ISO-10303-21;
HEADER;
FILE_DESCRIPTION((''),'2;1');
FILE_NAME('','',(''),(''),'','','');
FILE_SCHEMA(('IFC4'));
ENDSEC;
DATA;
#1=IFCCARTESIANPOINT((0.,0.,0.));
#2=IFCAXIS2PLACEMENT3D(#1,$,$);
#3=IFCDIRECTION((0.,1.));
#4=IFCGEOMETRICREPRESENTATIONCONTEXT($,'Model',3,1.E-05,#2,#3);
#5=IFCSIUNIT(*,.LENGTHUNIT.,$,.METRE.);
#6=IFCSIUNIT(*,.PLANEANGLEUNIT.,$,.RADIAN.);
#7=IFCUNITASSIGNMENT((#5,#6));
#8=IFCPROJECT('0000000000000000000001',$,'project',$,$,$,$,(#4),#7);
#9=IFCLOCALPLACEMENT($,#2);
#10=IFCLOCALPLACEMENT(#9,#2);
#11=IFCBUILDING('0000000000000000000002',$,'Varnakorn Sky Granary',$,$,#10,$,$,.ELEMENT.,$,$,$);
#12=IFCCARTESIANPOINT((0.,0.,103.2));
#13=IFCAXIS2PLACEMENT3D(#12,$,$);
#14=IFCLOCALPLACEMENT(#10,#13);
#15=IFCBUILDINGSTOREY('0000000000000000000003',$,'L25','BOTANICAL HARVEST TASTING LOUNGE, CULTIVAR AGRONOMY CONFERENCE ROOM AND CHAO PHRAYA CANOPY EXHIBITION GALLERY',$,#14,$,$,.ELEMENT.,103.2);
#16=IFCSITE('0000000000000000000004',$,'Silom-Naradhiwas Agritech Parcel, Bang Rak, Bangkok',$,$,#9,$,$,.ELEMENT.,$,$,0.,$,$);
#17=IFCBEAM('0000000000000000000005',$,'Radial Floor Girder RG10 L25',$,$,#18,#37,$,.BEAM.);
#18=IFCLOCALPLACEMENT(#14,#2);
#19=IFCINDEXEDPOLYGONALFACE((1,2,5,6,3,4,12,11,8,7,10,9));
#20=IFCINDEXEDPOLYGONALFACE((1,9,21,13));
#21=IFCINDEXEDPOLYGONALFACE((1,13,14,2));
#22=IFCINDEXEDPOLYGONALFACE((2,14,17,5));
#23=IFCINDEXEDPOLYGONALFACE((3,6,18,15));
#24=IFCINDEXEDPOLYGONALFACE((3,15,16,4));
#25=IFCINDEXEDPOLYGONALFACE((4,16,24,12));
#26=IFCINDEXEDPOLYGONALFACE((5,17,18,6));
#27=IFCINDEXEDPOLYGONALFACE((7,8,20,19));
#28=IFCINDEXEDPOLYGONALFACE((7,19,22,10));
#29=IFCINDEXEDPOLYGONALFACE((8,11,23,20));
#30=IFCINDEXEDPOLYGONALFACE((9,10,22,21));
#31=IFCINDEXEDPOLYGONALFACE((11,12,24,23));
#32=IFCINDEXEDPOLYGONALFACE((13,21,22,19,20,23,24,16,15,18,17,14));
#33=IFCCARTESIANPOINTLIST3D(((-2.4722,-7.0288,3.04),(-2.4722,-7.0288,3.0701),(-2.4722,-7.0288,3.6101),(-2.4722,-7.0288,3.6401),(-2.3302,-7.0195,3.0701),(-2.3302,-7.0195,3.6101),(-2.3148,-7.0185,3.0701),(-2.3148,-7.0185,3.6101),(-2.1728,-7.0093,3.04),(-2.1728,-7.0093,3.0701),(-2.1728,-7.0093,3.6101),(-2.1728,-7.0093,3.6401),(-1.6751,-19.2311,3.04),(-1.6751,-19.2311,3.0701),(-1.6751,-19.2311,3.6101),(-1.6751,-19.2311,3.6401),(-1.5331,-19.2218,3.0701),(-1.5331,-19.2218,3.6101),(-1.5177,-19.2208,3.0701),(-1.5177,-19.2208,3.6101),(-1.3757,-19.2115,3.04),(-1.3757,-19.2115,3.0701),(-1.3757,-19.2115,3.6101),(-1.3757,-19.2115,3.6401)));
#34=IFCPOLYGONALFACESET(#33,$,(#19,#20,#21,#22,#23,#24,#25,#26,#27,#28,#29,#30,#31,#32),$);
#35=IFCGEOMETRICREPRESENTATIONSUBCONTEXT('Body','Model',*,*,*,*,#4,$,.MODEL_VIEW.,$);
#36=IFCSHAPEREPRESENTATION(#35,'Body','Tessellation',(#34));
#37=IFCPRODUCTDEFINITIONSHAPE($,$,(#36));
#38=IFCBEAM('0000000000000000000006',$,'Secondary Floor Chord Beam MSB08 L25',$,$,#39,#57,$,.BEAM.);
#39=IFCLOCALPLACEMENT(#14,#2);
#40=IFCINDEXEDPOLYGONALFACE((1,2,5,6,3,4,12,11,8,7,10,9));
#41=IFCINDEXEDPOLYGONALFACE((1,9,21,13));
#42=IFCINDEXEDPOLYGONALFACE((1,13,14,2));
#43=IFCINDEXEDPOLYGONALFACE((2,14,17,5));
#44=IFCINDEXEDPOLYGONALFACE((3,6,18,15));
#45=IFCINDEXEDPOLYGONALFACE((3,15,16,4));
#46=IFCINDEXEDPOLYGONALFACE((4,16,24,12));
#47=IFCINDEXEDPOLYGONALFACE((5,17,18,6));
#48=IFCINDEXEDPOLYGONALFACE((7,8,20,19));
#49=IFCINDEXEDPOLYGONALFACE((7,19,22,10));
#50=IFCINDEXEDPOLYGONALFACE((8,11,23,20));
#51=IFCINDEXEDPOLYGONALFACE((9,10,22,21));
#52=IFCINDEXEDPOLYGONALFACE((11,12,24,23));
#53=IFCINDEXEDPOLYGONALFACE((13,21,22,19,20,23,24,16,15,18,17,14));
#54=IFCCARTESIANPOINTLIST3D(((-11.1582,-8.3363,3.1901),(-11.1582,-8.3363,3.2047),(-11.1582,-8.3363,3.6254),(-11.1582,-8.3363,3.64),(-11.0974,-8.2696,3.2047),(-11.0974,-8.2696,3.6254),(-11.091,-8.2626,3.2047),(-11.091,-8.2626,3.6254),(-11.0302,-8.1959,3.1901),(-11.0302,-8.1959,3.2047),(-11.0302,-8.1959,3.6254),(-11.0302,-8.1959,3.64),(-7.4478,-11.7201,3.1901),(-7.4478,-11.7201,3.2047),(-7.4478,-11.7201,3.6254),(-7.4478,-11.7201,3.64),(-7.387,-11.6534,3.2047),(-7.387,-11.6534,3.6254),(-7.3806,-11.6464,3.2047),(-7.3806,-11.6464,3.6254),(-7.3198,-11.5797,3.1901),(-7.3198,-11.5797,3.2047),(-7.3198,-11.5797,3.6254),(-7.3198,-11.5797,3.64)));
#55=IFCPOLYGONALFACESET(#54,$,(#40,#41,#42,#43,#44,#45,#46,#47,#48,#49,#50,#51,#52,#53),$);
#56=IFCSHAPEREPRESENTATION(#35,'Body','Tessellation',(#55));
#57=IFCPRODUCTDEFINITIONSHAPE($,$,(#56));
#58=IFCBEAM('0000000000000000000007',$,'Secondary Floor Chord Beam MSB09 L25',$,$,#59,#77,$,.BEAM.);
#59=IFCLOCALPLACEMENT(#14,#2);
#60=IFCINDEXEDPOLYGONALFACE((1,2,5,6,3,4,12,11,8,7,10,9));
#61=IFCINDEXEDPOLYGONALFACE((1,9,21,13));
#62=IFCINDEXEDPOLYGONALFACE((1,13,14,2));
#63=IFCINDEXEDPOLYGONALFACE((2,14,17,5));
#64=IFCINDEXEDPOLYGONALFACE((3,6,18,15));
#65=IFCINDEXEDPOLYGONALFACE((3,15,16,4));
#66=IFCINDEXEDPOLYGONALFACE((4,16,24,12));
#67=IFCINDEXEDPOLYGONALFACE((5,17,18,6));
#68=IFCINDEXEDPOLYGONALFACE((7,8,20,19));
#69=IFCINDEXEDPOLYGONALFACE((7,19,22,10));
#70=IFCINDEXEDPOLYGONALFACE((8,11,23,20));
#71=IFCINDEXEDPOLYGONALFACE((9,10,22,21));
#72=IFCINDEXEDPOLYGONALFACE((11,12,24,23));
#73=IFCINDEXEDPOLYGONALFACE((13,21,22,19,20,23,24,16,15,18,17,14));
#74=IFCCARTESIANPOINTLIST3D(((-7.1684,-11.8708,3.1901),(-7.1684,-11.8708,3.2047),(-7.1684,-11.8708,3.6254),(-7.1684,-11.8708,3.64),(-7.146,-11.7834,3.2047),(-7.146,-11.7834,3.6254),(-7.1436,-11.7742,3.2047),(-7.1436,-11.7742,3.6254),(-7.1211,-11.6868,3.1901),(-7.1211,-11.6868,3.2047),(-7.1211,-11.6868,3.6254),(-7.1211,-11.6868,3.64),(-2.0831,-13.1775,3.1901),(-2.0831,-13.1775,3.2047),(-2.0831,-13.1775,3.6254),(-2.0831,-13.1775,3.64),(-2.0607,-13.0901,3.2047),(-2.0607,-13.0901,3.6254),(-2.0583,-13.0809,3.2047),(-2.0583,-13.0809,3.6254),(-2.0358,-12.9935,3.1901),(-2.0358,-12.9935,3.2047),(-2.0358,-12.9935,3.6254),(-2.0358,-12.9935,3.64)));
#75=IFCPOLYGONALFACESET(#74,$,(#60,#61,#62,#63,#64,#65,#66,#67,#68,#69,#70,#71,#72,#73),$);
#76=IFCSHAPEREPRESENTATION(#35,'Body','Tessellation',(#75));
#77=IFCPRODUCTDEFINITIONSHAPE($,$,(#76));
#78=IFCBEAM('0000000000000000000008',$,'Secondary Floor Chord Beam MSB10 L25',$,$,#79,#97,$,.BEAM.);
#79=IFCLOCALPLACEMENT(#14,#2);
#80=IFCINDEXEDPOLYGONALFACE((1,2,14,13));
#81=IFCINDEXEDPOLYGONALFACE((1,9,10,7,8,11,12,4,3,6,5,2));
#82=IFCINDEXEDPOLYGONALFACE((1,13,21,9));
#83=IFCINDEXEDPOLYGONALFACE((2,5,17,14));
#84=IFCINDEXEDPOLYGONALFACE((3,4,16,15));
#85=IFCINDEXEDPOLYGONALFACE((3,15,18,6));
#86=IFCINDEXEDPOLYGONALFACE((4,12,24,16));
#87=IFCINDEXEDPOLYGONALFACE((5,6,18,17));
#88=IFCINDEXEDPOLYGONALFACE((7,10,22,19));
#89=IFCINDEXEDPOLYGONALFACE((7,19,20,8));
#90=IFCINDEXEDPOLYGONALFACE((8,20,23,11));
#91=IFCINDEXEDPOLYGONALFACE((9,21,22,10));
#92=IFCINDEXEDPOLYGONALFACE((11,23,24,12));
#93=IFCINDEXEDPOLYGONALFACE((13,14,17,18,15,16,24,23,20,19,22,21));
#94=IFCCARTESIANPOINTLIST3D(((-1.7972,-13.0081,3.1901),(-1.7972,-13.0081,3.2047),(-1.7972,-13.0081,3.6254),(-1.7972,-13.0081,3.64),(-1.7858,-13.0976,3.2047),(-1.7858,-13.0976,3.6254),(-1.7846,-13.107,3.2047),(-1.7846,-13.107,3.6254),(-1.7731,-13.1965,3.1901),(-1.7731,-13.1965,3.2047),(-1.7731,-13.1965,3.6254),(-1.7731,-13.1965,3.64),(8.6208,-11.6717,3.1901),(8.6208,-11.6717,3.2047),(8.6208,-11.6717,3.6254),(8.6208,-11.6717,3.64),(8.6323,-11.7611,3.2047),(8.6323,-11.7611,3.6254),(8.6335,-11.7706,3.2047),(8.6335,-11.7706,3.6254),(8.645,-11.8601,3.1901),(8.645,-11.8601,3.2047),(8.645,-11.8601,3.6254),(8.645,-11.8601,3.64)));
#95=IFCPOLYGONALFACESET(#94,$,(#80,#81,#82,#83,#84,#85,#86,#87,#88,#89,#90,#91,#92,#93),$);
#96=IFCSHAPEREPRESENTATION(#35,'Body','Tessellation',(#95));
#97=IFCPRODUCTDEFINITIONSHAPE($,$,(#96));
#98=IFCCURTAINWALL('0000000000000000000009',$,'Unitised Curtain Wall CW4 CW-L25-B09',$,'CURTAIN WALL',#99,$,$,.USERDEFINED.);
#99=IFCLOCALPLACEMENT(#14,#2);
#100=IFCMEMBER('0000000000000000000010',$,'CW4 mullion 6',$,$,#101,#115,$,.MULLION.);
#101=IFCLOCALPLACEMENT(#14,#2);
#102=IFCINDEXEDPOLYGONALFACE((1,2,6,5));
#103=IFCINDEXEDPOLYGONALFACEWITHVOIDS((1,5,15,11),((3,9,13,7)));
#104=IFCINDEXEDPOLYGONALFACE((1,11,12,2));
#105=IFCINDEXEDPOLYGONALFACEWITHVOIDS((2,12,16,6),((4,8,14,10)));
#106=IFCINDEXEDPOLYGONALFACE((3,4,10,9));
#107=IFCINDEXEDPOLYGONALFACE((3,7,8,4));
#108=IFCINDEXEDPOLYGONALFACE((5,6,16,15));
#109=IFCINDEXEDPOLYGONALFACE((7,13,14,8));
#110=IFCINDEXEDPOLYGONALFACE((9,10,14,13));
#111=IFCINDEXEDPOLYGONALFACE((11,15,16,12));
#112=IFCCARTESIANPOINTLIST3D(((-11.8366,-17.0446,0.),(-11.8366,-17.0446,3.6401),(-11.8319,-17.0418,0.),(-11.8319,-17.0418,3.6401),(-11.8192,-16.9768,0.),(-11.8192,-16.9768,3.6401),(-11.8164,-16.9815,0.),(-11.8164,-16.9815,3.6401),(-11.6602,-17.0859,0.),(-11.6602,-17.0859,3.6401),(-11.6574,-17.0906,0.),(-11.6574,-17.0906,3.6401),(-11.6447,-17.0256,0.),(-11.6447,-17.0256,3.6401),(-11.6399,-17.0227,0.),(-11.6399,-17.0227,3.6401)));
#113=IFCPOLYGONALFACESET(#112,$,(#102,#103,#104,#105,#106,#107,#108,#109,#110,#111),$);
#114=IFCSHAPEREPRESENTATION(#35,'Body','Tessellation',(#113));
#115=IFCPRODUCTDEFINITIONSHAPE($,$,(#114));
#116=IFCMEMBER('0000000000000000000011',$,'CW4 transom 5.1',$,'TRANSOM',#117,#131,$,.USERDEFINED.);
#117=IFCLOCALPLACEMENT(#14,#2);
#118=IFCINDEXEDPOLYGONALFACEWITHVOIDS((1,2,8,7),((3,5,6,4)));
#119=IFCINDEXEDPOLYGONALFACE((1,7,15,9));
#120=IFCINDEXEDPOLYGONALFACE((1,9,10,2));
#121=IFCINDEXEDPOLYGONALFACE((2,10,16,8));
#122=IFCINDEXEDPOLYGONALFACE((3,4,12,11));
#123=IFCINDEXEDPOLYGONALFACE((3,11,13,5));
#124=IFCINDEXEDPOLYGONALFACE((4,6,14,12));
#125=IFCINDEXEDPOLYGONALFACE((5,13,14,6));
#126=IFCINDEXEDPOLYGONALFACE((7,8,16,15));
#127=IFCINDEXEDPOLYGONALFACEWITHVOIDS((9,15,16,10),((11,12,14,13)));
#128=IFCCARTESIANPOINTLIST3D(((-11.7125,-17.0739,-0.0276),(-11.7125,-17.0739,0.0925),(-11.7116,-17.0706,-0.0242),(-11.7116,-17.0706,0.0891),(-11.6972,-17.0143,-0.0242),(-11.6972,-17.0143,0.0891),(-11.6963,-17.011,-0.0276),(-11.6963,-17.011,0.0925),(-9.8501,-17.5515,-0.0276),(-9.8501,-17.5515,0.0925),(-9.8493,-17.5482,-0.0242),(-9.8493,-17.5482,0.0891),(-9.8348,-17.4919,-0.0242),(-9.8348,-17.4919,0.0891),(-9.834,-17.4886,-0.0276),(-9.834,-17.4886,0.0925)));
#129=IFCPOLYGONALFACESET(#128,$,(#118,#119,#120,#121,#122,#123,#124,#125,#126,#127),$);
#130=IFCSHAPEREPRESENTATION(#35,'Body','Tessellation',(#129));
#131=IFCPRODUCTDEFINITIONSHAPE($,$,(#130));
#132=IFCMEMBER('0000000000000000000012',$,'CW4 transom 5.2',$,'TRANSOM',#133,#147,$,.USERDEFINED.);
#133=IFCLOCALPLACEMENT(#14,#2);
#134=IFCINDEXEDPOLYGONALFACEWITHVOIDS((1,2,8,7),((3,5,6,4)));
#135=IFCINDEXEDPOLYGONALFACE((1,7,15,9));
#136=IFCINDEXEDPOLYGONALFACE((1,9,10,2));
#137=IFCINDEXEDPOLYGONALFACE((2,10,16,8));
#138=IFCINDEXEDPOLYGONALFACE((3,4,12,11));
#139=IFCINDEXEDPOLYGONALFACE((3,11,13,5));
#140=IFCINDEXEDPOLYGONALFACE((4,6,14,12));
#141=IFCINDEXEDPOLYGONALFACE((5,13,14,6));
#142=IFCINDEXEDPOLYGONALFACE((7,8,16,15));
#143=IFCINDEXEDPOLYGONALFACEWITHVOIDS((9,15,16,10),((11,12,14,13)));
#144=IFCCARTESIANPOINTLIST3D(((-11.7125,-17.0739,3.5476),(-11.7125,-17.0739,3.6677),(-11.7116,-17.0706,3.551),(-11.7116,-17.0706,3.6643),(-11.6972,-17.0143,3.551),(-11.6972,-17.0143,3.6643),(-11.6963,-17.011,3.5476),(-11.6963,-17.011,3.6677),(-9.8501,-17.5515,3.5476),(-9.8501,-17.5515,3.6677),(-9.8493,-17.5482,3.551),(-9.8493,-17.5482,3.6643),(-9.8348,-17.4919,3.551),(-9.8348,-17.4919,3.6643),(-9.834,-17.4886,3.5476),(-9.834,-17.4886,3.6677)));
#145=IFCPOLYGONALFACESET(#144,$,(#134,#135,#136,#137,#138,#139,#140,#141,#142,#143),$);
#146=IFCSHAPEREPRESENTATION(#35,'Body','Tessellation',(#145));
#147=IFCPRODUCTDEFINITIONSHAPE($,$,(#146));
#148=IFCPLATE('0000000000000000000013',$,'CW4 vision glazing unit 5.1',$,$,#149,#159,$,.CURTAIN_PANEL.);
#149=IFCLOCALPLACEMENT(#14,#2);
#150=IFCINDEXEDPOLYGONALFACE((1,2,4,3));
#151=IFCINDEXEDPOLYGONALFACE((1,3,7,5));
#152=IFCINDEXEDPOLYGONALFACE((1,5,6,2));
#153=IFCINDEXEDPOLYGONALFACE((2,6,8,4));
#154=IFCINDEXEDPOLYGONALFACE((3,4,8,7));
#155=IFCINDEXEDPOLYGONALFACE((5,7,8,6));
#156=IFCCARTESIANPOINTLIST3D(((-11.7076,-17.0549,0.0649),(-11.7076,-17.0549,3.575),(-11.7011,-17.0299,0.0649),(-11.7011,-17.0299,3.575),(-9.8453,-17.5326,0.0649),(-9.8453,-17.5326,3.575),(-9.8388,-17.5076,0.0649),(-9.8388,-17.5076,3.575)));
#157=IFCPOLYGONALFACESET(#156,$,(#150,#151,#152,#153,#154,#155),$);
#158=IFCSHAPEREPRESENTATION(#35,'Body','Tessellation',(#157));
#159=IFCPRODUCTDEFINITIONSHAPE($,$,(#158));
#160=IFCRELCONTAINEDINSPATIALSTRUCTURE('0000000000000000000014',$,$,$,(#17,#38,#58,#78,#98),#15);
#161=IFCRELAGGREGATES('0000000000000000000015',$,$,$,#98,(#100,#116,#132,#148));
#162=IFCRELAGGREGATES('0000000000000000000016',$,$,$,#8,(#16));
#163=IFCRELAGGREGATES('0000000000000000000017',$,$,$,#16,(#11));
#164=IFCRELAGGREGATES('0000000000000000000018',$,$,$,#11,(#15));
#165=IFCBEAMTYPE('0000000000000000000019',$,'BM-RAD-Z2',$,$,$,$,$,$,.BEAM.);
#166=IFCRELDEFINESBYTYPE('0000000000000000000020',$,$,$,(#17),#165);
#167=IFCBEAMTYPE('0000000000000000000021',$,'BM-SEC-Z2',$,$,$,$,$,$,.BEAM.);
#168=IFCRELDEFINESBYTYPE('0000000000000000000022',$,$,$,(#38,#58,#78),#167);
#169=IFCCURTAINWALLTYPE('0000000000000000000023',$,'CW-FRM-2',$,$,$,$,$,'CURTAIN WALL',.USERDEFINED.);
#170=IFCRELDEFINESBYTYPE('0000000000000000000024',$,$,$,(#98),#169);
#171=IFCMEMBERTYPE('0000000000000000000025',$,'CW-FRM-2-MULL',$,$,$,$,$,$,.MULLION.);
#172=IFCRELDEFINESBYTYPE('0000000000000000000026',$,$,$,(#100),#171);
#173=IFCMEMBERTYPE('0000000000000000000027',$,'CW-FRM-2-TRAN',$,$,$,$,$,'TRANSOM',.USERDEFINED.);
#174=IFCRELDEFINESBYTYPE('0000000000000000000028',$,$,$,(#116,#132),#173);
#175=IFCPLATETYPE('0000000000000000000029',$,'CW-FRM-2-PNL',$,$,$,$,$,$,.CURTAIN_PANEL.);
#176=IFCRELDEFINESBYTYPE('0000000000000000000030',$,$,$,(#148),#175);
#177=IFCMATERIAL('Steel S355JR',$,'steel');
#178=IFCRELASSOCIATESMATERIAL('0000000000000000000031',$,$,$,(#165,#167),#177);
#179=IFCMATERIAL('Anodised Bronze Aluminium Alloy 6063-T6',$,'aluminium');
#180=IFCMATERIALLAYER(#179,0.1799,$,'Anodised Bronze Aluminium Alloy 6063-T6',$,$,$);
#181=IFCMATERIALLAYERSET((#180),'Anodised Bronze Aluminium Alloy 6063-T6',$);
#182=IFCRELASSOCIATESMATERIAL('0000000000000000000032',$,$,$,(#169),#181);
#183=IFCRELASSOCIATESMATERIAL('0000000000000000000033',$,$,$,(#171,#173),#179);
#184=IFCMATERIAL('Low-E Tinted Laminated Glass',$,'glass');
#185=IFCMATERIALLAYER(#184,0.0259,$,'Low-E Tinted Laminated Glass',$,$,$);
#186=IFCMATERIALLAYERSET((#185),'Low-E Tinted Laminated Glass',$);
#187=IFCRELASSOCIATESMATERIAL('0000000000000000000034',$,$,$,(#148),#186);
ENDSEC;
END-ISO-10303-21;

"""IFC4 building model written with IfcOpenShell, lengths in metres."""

from ifc_helpers import new_model, si_unit, direction, frame, origin, origin_2d, place, context, subcontext, project, spatial, rectangle, hollow_rectangle, i_section, extrude, source, transform, mapped, material, layer, layer_set, material_profile, profile_set, type_object, type_shapes, element, aggregate, save


model = new_model("IFC4")

# Units and contexts
model_context = context("Model", 3, precision=1e-05, world=origin(), true_north=direction((0.0, 1.0)))
body_context = subcontext(model_context, "Body", "Model", "MODEL_VIEW")
ifc_project = project(units=[si_unit("LENGTHUNIT", "METRE"), si_unit("PLANEANGLEUNIT", "RADIAN")], contexts=[model_context])

# Site, building, storey
site_placement = place(None, origin())
site = spatial("IfcSite", under=ifc_project, at=site_placement, Name="Silom-Naradhiwas Agritech Parcel, Bang Rak, Bangkok", CompositionType="ELEMENT", RefElevation=0.0)
building_placement = place(site_placement, origin())
building = spatial("IfcBuilding", under=site, at=building_placement, Name="Varnakorn Sky Granary", CompositionType="ELEMENT")
storey_placement = place(building_placement, frame((0.0, 0.0, 103.2)))
storey = spatial("IfcBuildingStorey", under=building, at=storey_placement, Name="L25", Description="BOTANICAL HARVEST TASTING LOUNGE, CULTIVAR AGRONOMY CONFERENCE ROOM AND CHAO PHRAYA CANOPY EXHIBITION GALLERY", CompositionType="ELEMENT", Elevation=103.2)

# Beams
ifc_material_1 = material(Name="Steel S355JR", Category="steel")
ifc_material_profile_1 = material_profile(ifc_material_1, i_section(OverallWidth=0.3, OverallDepth=0.6001, WebThickness=0.0154, FlangeThickness=0.03, at=origin_2d()), Name="HE 600 B")
ifc_profile_set_1 = profile_set([ifc_material_profile_1], Name="Steel S355JR")
beam_type_1 = type_object("IfcBeamType", Name="BM-RAD-Z2", PredefinedType="BEAM", material=ifc_profile_set_1)
beam_1_placement = place(storey_placement, frame((-2.3225, -7.019, 3.3401), z_axis=(0.065187, -0.997873, 0.0), x_axis=(0.997873, 0.065187, 0.0)))
element("IfcBeam", 1, at=beam_1_placement, inside=storey, type_object=beam_type_1, Name="Radial Floor Girder RG10 L25", PredefinedType="BEAM", context=body_context, shape_type="SweptSolid", body=[
    extrude(i_section(OverallWidth=0.3, OverallDepth=0.6001, WebThickness=0.0154, FlangeThickness=0.03, at=origin_2d()), origin(), (0.0, 0.0, 1.0), 12.2283),
])
ifc_material_profile_2 = material_profile(ifc_material_1, i_section(OverallWidth=0.1899, OverallDepth=0.45, WebThickness=0.0095, FlangeThickness=0.0146, at=origin_2d()), Name="IPE 450")
ifc_profile_set_2 = profile_set([ifc_material_profile_2], Name="Steel S355JR")
beam_type_2 = type_object("IfcBeamType", Name="BM-SEC-Z2", PredefinedType="BEAM", material=ifc_profile_set_2)
beam_2_placement = place(storey_placement, frame((-11.0942, -8.2661, 3.415), z_axis=(0.738883, -0.673833, 0.0), x_axis=(0.673833, 0.738883, 0.0)))
element("IfcBeam", 2, at=beam_2_placement, inside=storey, type_object=beam_type_2, Name="Secondary Floor Chord Beam MSB08 L25", PredefinedType="BEAM", context=body_context, shape_type="SweptSolid", body=[
    extrude(i_section(OverallWidth=0.1899, OverallDepth=0.45, WebThickness=0.0095, FlangeThickness=0.0146, at=origin_2d()), origin(), (0.0, 0.0, 1.0), 5.0217),
])
beam_3_placement = place(storey_placement, frame((-7.1448, -11.7788, 3.415), z_axis=(0.968538, -0.248865, 0.0), x_axis=(0.248865, 0.968538, 0.0)))
element("IfcBeam", 3, at=beam_3_placement, inside=storey, type_object=beam_type_2, Name="Secondary Floor Chord Beam MSB09 L25", PredefinedType="BEAM", context=body_context, shape_type="SweptSolid", body=[
    extrude(i_section(OverallWidth=0.1899, OverallDepth=0.45, WebThickness=0.0095, FlangeThickness=0.0146, at=origin_2d()), origin(), (0.0, 0.0, 1.0), 5.2505),
])
beam_4_placement = place(storey_placement, frame((-1.7852, -13.1023, 3.415), z_axis=(0.991872, 0.127238, 0.0), x_axis=(-0.127238, 0.991872, 0.0)))
element("IfcBeam", 4, at=beam_4_placement, inside=storey, type_object=beam_type_2, Name="Secondary Floor Chord Beam MSB10 L25", PredefinedType="BEAM", context=body_context, shape_type="SweptSolid", body=[
    extrude(i_section(OverallWidth=0.1899, OverallDepth=0.45, WebThickness=0.0095, FlangeThickness=0.0146, at=origin_2d()), origin(), (0.0, 0.0, 1.0), 10.5034),
])

# Curtain wall, members, plate
ifc_material_2 = material(Name="Anodised Bronze Aluminium Alloy 6063-T6", Category="aluminium")
ifc_layer_1 = layer(ifc_material_2, 0.1799, Name="Anodised Bronze Aluminium Alloy 6063-T6")
ifc_layer_set_1 = layer_set([ifc_layer_1], Name="Anodised Bronze Aluminium Alloy 6063-T6")
curtain_wall_type = type_object("IfcCurtainWallType", Name="CW-FRM-2", ElementType="CURTAIN WALL", PredefinedType="USERDEFINED", material=ifc_layer_set_1)
curtain_wall_placement = place(storey_placement, origin())
curtain_wall = element("IfcCurtainWall", 5, at=curtain_wall_placement, inside=storey, type_object=curtain_wall_type, Name="Unitised Curtain Wall CW4 CW-L25-B09", ObjectType="CURTAIN WALL", PredefinedType="USERDEFINED")
ifc_material_profile_3 = material_profile(ifc_material_2, hollow_rectangle(XDim=0.0701, YDim=0.1851, WallThickness=0.0039, at=origin_2d()), Name="ALU MULL 70x185")
ifc_profile_set_3 = profile_set([ifc_material_profile_3], Name="Anodised Bronze Aluminium Alloy 6063-T6")
member_type_1 = type_object("IfcMemberType", Name="CW-FRM-2-MULL", PredefinedType="MULLION", material=ifc_profile_set_3)
member_1_placement = place(storey_placement, frame((-11.7383, -17.0337, 0.0), z_axis=(0.0, 0.0, 1.0), x_axis=(-0.248477, -0.968638, 0.0)))
member_1 = element("IfcMember", 6, at=member_1_placement, type_object=member_type_1, Name="CW4 mullion 6", PredefinedType="MULLION", context=body_context, shape_type="SweptSolid", body=[
    extrude(hollow_rectangle(XDim=0.0701, YDim=0.1851, WallThickness=0.0039, at=origin_2d()), origin(), (0.0, 0.0, 1.0), 3.6401),
])
ifc_material_profile_4 = material_profile(ifc_material_2, hollow_rectangle(XDim=0.0649, YDim=0.1201, WallThickness=0.0034, at=origin_2d()), Name="ALU TRAN 65x120")
ifc_profile_set_4 = profile_set([ifc_material_profile_4], Name="Anodised Bronze Aluminium Alloy 6063-T6")
member_type_2 = type_object("IfcMemberType", Name="CW-FRM-2-TRAN", ElementType="TRANSOM", PredefinedType="USERDEFINED", material=ifc_profile_set_4)
member_2_placement = place(storey_placement, frame((-9.842, -17.52, 0.0325), z_axis=(-0.968661, 0.248388, 0.0), x_axis=(-0.248388, -0.968661, 0.0)))
member_2 = element("IfcMember", 7, at=member_2_placement, type_object=member_type_2, Name="CW4 transom 5.1", ObjectType="TRANSOM", PredefinedType="USERDEFINED", context=body_context, shape_type="SweptSolid", body=[
    extrude(hollow_rectangle(XDim=0.0649, YDim=0.1201, WallThickness=0.0034, at=origin_2d()), origin(), (0.0, 0.0, 1.0), 1.9226),
])
member_3_placement = place(storey_placement, frame((-9.842, -17.52, 3.6077), z_axis=(-0.968661, 0.248388, 0.0), x_axis=(-0.248388, -0.968661, 0.0)))
member_3 = element("IfcMember", 8, at=member_3_placement, type_object=member_type_2, Name="CW4 transom 5.2", ObjectType="TRANSOM", PredefinedType="USERDEFINED", context=body_context, shape_type="SweptSolid", body=[
    extrude(hollow_rectangle(XDim=0.0649, YDim=0.1201, WallThickness=0.0034, at=origin_2d()), origin(), (0.0, 0.0, 1.0), 1.9226),
])
ifc_material_3 = material(Name="Low-E Tinted Laminated Glass", Category="glass")
ifc_layer_2 = layer(ifc_material_3, 0.0259, Name="Low-E Tinted Laminated Glass")
ifc_layer_set_2 = layer_set([ifc_layer_2], Name="Low-E Tinted Laminated Glass")
plate_type = type_object("IfcPlateType", Name="CW-FRM-2-PNL", PredefinedType="CURTAIN_PANEL")
shared_shape = source(origin(), body_context, "Body", "SweptSolid", [
    extrude(rectangle(XDim=1.9226, YDim=0.0259, at=origin_2d()), origin(), (0.0, 0.0, 1.0), 3.51),
])
type_shapes(plate_type, [shared_shape])
plate_placement = place(storey_placement, frame((-10.7732, -17.2812, 0.0649), z_axis=(0.0, 0.0, 1.0), x_axis=(-0.968638, 0.248477, 0.0)))
plate = element("IfcPlate", 9, at=plate_placement, type_object=plate_type, material=ifc_layer_set_2, Name="CW4 vision glazing unit 5.1", PredefinedType="CURTAIN_PANEL", context=body_context, shape_type="MappedRepresentation", body=[
    mapped(shared_shape, transform((0.0, 0.0, 0.0), x_axis=(1.0, 0.0, 0.0), y_axis=(0.0, 1.0, 0.0), z_axis=(0.0, 0.0, 1.0), scale=1.0)),
])
aggregate(curtain_wall, [member_1, member_2, member_3, plate])

save(model, "model.ifc")
